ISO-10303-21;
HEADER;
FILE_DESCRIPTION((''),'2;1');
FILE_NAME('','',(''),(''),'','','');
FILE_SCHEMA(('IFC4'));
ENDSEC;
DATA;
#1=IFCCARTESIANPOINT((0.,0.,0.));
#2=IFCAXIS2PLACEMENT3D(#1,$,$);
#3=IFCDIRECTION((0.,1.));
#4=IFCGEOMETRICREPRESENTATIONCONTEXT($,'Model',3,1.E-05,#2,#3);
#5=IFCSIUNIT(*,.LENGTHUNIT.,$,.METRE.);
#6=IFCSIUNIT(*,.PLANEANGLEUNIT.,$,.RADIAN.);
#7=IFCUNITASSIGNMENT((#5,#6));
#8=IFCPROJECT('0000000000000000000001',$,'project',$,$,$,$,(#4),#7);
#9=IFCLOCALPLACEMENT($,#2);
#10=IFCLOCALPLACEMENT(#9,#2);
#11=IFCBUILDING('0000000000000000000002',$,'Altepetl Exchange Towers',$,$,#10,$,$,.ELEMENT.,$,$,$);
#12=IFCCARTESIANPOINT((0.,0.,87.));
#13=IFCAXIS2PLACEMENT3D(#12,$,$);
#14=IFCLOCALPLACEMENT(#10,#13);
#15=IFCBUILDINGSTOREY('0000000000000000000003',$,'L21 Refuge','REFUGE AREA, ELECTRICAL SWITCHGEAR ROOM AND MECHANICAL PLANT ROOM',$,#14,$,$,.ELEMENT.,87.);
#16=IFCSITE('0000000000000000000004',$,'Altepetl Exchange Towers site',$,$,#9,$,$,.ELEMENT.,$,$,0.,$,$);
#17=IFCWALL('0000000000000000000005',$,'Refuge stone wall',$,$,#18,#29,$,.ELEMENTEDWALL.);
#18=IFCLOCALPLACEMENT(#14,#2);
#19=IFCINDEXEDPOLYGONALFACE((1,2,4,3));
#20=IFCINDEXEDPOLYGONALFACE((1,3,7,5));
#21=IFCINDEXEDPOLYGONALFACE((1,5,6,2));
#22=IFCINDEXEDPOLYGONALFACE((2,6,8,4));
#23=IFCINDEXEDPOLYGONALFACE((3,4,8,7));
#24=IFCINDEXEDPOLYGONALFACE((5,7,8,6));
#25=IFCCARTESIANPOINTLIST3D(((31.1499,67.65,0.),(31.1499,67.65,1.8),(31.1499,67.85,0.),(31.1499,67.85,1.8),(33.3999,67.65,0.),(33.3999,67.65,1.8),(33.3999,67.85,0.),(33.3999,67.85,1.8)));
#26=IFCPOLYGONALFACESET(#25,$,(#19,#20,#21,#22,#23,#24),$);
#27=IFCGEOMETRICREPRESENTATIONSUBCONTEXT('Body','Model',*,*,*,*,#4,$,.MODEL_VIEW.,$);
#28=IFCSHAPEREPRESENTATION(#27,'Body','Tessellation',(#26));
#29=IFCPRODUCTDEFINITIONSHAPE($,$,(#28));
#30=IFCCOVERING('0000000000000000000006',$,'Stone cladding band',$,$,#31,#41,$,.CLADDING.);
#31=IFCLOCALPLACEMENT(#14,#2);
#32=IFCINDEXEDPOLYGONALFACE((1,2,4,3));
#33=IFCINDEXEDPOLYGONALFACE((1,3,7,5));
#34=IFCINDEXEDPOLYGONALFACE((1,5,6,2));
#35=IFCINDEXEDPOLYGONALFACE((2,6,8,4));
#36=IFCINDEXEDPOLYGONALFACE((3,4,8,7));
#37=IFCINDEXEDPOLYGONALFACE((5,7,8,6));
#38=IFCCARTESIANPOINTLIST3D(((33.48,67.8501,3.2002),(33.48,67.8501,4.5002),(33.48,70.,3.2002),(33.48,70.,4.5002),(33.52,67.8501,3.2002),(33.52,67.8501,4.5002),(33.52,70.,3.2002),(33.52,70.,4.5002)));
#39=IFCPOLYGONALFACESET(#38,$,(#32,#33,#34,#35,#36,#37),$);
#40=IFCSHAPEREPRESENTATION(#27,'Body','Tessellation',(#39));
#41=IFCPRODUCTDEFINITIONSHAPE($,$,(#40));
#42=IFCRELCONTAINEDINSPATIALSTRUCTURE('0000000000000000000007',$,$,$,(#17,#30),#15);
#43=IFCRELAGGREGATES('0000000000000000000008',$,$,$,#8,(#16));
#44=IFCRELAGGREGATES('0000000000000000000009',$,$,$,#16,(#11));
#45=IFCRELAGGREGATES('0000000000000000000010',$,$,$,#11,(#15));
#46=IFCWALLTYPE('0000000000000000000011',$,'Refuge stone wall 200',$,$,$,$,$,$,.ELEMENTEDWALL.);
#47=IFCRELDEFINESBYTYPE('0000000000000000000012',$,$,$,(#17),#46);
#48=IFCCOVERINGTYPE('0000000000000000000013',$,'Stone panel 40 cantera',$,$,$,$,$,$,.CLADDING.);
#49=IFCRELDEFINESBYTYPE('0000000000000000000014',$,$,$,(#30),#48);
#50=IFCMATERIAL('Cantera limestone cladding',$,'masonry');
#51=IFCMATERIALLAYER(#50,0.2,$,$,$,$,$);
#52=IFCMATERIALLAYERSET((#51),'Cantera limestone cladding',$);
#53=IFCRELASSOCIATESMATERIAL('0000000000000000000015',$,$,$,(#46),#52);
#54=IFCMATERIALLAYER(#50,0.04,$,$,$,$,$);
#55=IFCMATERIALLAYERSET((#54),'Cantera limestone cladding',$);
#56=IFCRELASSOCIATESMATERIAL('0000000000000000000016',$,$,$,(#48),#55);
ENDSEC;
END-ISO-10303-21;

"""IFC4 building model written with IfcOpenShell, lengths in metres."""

from ifc_helpers import new_model, si_unit, direction, frame, frame_2d, origin, origin_2d, place, context, subcontext, project, spatial, rectangle, extrude, material, layer, layer_set, type_object, element, save


model = new_model("IFC4")

# Units and contexts
model_context = context("Model", 3, precision=1e-05, world=origin(), true_north=direction((0.0, 1.0)))
body_context = subcontext(model_context, "Body", "Model", "MODEL_VIEW")
ifc_project = project(units=[si_unit("LENGTHUNIT", "METRE"), si_unit("PLANEANGLEUNIT", "RADIAN")], contexts=[model_context])

# Site, building, storey
site_placement = place(None, origin())
site = spatial("IfcSite", under=ifc_project, at=site_placement, Name="Altepetl Exchange Towers site", CompositionType="ELEMENT", RefElevation=0.0)
building_placement = place(site_placement, origin())
building = spatial("IfcBuilding", under=site, at=building_placement, Name="Altepetl Exchange Towers", CompositionType="ELEMENT")
storey_placement = place(building_placement, frame((0.0, 0.0, 87.0)))
storey = spatial("IfcBuildingStorey", under=building, at=storey_placement, Name="L21 Refuge", Description="REFUGE AREA, ELECTRICAL SWITCHGEAR ROOM AND MECHANICAL PLANT ROOM", CompositionType="ELEMENT", Elevation=87.0)

# Wall
ifc_material_1 = material(Name="Cantera limestone cladding", Category="masonry")
ifc_layer_1 = layer(ifc_material_1, 0.2)
ifc_layer_set_1 = layer_set([ifc_layer_1], Name="Cantera limestone cladding")
wall_type_1 = type_object("IfcWallType", Name="Refuge stone wall 200", PredefinedType="ELEMENTEDWALL", material=ifc_layer_set_1)
for number, where, z_axis, x_axis, name in (
    (1, (33.3999, 67.75, 0.0), (0.0, 0.0, 1.0), (-1.0, 0.0, 0.0), "Refuge stone wall"),
):
    element("IfcWall", number, at=place(storey_placement, frame(where, z_axis=z_axis, x_axis=x_axis)), inside=storey, type_object=wall_type_1, Name=name, PredefinedType="ELEMENTEDWALL", context=body_context, shape_type="SweptSolid", body=[
        extrude(rectangle(XDim=2.25, YDim=0.2, at=frame_2d((1.125, 0.0))), origin(), (0.0, 0.0, 1.0), 1.8),
    ])

# Covering
ifc_layer_2 = layer(ifc_material_1, 0.04)
ifc_layer_set_2 = layer_set([ifc_layer_2], Name="Cantera limestone cladding")
covering_type = type_object("IfcCoveringType", Name="Stone panel 40 cantera", PredefinedType="CLADDING", material=ifc_layer_set_2)
covering_placement = place(storey_placement, frame((33.5, 68.925, 3.2002), z_axis=(0.0, 0.0, 1.0), x_axis=(0.0, -1.0, 0.0)))
element("IfcCovering", 2, at=covering_placement, inside=storey, type_object=covering_type, Name="Stone cladding band", PredefinedType="CLADDING", context=body_context, shape_type="SweptSolid", body=[
    extrude(rectangle(XDim=2.1499, YDim=0.04, at=origin_2d()), origin(), (0.0, 0.0, 1.0), 1.3),
])

save(model, "model.ifc")
